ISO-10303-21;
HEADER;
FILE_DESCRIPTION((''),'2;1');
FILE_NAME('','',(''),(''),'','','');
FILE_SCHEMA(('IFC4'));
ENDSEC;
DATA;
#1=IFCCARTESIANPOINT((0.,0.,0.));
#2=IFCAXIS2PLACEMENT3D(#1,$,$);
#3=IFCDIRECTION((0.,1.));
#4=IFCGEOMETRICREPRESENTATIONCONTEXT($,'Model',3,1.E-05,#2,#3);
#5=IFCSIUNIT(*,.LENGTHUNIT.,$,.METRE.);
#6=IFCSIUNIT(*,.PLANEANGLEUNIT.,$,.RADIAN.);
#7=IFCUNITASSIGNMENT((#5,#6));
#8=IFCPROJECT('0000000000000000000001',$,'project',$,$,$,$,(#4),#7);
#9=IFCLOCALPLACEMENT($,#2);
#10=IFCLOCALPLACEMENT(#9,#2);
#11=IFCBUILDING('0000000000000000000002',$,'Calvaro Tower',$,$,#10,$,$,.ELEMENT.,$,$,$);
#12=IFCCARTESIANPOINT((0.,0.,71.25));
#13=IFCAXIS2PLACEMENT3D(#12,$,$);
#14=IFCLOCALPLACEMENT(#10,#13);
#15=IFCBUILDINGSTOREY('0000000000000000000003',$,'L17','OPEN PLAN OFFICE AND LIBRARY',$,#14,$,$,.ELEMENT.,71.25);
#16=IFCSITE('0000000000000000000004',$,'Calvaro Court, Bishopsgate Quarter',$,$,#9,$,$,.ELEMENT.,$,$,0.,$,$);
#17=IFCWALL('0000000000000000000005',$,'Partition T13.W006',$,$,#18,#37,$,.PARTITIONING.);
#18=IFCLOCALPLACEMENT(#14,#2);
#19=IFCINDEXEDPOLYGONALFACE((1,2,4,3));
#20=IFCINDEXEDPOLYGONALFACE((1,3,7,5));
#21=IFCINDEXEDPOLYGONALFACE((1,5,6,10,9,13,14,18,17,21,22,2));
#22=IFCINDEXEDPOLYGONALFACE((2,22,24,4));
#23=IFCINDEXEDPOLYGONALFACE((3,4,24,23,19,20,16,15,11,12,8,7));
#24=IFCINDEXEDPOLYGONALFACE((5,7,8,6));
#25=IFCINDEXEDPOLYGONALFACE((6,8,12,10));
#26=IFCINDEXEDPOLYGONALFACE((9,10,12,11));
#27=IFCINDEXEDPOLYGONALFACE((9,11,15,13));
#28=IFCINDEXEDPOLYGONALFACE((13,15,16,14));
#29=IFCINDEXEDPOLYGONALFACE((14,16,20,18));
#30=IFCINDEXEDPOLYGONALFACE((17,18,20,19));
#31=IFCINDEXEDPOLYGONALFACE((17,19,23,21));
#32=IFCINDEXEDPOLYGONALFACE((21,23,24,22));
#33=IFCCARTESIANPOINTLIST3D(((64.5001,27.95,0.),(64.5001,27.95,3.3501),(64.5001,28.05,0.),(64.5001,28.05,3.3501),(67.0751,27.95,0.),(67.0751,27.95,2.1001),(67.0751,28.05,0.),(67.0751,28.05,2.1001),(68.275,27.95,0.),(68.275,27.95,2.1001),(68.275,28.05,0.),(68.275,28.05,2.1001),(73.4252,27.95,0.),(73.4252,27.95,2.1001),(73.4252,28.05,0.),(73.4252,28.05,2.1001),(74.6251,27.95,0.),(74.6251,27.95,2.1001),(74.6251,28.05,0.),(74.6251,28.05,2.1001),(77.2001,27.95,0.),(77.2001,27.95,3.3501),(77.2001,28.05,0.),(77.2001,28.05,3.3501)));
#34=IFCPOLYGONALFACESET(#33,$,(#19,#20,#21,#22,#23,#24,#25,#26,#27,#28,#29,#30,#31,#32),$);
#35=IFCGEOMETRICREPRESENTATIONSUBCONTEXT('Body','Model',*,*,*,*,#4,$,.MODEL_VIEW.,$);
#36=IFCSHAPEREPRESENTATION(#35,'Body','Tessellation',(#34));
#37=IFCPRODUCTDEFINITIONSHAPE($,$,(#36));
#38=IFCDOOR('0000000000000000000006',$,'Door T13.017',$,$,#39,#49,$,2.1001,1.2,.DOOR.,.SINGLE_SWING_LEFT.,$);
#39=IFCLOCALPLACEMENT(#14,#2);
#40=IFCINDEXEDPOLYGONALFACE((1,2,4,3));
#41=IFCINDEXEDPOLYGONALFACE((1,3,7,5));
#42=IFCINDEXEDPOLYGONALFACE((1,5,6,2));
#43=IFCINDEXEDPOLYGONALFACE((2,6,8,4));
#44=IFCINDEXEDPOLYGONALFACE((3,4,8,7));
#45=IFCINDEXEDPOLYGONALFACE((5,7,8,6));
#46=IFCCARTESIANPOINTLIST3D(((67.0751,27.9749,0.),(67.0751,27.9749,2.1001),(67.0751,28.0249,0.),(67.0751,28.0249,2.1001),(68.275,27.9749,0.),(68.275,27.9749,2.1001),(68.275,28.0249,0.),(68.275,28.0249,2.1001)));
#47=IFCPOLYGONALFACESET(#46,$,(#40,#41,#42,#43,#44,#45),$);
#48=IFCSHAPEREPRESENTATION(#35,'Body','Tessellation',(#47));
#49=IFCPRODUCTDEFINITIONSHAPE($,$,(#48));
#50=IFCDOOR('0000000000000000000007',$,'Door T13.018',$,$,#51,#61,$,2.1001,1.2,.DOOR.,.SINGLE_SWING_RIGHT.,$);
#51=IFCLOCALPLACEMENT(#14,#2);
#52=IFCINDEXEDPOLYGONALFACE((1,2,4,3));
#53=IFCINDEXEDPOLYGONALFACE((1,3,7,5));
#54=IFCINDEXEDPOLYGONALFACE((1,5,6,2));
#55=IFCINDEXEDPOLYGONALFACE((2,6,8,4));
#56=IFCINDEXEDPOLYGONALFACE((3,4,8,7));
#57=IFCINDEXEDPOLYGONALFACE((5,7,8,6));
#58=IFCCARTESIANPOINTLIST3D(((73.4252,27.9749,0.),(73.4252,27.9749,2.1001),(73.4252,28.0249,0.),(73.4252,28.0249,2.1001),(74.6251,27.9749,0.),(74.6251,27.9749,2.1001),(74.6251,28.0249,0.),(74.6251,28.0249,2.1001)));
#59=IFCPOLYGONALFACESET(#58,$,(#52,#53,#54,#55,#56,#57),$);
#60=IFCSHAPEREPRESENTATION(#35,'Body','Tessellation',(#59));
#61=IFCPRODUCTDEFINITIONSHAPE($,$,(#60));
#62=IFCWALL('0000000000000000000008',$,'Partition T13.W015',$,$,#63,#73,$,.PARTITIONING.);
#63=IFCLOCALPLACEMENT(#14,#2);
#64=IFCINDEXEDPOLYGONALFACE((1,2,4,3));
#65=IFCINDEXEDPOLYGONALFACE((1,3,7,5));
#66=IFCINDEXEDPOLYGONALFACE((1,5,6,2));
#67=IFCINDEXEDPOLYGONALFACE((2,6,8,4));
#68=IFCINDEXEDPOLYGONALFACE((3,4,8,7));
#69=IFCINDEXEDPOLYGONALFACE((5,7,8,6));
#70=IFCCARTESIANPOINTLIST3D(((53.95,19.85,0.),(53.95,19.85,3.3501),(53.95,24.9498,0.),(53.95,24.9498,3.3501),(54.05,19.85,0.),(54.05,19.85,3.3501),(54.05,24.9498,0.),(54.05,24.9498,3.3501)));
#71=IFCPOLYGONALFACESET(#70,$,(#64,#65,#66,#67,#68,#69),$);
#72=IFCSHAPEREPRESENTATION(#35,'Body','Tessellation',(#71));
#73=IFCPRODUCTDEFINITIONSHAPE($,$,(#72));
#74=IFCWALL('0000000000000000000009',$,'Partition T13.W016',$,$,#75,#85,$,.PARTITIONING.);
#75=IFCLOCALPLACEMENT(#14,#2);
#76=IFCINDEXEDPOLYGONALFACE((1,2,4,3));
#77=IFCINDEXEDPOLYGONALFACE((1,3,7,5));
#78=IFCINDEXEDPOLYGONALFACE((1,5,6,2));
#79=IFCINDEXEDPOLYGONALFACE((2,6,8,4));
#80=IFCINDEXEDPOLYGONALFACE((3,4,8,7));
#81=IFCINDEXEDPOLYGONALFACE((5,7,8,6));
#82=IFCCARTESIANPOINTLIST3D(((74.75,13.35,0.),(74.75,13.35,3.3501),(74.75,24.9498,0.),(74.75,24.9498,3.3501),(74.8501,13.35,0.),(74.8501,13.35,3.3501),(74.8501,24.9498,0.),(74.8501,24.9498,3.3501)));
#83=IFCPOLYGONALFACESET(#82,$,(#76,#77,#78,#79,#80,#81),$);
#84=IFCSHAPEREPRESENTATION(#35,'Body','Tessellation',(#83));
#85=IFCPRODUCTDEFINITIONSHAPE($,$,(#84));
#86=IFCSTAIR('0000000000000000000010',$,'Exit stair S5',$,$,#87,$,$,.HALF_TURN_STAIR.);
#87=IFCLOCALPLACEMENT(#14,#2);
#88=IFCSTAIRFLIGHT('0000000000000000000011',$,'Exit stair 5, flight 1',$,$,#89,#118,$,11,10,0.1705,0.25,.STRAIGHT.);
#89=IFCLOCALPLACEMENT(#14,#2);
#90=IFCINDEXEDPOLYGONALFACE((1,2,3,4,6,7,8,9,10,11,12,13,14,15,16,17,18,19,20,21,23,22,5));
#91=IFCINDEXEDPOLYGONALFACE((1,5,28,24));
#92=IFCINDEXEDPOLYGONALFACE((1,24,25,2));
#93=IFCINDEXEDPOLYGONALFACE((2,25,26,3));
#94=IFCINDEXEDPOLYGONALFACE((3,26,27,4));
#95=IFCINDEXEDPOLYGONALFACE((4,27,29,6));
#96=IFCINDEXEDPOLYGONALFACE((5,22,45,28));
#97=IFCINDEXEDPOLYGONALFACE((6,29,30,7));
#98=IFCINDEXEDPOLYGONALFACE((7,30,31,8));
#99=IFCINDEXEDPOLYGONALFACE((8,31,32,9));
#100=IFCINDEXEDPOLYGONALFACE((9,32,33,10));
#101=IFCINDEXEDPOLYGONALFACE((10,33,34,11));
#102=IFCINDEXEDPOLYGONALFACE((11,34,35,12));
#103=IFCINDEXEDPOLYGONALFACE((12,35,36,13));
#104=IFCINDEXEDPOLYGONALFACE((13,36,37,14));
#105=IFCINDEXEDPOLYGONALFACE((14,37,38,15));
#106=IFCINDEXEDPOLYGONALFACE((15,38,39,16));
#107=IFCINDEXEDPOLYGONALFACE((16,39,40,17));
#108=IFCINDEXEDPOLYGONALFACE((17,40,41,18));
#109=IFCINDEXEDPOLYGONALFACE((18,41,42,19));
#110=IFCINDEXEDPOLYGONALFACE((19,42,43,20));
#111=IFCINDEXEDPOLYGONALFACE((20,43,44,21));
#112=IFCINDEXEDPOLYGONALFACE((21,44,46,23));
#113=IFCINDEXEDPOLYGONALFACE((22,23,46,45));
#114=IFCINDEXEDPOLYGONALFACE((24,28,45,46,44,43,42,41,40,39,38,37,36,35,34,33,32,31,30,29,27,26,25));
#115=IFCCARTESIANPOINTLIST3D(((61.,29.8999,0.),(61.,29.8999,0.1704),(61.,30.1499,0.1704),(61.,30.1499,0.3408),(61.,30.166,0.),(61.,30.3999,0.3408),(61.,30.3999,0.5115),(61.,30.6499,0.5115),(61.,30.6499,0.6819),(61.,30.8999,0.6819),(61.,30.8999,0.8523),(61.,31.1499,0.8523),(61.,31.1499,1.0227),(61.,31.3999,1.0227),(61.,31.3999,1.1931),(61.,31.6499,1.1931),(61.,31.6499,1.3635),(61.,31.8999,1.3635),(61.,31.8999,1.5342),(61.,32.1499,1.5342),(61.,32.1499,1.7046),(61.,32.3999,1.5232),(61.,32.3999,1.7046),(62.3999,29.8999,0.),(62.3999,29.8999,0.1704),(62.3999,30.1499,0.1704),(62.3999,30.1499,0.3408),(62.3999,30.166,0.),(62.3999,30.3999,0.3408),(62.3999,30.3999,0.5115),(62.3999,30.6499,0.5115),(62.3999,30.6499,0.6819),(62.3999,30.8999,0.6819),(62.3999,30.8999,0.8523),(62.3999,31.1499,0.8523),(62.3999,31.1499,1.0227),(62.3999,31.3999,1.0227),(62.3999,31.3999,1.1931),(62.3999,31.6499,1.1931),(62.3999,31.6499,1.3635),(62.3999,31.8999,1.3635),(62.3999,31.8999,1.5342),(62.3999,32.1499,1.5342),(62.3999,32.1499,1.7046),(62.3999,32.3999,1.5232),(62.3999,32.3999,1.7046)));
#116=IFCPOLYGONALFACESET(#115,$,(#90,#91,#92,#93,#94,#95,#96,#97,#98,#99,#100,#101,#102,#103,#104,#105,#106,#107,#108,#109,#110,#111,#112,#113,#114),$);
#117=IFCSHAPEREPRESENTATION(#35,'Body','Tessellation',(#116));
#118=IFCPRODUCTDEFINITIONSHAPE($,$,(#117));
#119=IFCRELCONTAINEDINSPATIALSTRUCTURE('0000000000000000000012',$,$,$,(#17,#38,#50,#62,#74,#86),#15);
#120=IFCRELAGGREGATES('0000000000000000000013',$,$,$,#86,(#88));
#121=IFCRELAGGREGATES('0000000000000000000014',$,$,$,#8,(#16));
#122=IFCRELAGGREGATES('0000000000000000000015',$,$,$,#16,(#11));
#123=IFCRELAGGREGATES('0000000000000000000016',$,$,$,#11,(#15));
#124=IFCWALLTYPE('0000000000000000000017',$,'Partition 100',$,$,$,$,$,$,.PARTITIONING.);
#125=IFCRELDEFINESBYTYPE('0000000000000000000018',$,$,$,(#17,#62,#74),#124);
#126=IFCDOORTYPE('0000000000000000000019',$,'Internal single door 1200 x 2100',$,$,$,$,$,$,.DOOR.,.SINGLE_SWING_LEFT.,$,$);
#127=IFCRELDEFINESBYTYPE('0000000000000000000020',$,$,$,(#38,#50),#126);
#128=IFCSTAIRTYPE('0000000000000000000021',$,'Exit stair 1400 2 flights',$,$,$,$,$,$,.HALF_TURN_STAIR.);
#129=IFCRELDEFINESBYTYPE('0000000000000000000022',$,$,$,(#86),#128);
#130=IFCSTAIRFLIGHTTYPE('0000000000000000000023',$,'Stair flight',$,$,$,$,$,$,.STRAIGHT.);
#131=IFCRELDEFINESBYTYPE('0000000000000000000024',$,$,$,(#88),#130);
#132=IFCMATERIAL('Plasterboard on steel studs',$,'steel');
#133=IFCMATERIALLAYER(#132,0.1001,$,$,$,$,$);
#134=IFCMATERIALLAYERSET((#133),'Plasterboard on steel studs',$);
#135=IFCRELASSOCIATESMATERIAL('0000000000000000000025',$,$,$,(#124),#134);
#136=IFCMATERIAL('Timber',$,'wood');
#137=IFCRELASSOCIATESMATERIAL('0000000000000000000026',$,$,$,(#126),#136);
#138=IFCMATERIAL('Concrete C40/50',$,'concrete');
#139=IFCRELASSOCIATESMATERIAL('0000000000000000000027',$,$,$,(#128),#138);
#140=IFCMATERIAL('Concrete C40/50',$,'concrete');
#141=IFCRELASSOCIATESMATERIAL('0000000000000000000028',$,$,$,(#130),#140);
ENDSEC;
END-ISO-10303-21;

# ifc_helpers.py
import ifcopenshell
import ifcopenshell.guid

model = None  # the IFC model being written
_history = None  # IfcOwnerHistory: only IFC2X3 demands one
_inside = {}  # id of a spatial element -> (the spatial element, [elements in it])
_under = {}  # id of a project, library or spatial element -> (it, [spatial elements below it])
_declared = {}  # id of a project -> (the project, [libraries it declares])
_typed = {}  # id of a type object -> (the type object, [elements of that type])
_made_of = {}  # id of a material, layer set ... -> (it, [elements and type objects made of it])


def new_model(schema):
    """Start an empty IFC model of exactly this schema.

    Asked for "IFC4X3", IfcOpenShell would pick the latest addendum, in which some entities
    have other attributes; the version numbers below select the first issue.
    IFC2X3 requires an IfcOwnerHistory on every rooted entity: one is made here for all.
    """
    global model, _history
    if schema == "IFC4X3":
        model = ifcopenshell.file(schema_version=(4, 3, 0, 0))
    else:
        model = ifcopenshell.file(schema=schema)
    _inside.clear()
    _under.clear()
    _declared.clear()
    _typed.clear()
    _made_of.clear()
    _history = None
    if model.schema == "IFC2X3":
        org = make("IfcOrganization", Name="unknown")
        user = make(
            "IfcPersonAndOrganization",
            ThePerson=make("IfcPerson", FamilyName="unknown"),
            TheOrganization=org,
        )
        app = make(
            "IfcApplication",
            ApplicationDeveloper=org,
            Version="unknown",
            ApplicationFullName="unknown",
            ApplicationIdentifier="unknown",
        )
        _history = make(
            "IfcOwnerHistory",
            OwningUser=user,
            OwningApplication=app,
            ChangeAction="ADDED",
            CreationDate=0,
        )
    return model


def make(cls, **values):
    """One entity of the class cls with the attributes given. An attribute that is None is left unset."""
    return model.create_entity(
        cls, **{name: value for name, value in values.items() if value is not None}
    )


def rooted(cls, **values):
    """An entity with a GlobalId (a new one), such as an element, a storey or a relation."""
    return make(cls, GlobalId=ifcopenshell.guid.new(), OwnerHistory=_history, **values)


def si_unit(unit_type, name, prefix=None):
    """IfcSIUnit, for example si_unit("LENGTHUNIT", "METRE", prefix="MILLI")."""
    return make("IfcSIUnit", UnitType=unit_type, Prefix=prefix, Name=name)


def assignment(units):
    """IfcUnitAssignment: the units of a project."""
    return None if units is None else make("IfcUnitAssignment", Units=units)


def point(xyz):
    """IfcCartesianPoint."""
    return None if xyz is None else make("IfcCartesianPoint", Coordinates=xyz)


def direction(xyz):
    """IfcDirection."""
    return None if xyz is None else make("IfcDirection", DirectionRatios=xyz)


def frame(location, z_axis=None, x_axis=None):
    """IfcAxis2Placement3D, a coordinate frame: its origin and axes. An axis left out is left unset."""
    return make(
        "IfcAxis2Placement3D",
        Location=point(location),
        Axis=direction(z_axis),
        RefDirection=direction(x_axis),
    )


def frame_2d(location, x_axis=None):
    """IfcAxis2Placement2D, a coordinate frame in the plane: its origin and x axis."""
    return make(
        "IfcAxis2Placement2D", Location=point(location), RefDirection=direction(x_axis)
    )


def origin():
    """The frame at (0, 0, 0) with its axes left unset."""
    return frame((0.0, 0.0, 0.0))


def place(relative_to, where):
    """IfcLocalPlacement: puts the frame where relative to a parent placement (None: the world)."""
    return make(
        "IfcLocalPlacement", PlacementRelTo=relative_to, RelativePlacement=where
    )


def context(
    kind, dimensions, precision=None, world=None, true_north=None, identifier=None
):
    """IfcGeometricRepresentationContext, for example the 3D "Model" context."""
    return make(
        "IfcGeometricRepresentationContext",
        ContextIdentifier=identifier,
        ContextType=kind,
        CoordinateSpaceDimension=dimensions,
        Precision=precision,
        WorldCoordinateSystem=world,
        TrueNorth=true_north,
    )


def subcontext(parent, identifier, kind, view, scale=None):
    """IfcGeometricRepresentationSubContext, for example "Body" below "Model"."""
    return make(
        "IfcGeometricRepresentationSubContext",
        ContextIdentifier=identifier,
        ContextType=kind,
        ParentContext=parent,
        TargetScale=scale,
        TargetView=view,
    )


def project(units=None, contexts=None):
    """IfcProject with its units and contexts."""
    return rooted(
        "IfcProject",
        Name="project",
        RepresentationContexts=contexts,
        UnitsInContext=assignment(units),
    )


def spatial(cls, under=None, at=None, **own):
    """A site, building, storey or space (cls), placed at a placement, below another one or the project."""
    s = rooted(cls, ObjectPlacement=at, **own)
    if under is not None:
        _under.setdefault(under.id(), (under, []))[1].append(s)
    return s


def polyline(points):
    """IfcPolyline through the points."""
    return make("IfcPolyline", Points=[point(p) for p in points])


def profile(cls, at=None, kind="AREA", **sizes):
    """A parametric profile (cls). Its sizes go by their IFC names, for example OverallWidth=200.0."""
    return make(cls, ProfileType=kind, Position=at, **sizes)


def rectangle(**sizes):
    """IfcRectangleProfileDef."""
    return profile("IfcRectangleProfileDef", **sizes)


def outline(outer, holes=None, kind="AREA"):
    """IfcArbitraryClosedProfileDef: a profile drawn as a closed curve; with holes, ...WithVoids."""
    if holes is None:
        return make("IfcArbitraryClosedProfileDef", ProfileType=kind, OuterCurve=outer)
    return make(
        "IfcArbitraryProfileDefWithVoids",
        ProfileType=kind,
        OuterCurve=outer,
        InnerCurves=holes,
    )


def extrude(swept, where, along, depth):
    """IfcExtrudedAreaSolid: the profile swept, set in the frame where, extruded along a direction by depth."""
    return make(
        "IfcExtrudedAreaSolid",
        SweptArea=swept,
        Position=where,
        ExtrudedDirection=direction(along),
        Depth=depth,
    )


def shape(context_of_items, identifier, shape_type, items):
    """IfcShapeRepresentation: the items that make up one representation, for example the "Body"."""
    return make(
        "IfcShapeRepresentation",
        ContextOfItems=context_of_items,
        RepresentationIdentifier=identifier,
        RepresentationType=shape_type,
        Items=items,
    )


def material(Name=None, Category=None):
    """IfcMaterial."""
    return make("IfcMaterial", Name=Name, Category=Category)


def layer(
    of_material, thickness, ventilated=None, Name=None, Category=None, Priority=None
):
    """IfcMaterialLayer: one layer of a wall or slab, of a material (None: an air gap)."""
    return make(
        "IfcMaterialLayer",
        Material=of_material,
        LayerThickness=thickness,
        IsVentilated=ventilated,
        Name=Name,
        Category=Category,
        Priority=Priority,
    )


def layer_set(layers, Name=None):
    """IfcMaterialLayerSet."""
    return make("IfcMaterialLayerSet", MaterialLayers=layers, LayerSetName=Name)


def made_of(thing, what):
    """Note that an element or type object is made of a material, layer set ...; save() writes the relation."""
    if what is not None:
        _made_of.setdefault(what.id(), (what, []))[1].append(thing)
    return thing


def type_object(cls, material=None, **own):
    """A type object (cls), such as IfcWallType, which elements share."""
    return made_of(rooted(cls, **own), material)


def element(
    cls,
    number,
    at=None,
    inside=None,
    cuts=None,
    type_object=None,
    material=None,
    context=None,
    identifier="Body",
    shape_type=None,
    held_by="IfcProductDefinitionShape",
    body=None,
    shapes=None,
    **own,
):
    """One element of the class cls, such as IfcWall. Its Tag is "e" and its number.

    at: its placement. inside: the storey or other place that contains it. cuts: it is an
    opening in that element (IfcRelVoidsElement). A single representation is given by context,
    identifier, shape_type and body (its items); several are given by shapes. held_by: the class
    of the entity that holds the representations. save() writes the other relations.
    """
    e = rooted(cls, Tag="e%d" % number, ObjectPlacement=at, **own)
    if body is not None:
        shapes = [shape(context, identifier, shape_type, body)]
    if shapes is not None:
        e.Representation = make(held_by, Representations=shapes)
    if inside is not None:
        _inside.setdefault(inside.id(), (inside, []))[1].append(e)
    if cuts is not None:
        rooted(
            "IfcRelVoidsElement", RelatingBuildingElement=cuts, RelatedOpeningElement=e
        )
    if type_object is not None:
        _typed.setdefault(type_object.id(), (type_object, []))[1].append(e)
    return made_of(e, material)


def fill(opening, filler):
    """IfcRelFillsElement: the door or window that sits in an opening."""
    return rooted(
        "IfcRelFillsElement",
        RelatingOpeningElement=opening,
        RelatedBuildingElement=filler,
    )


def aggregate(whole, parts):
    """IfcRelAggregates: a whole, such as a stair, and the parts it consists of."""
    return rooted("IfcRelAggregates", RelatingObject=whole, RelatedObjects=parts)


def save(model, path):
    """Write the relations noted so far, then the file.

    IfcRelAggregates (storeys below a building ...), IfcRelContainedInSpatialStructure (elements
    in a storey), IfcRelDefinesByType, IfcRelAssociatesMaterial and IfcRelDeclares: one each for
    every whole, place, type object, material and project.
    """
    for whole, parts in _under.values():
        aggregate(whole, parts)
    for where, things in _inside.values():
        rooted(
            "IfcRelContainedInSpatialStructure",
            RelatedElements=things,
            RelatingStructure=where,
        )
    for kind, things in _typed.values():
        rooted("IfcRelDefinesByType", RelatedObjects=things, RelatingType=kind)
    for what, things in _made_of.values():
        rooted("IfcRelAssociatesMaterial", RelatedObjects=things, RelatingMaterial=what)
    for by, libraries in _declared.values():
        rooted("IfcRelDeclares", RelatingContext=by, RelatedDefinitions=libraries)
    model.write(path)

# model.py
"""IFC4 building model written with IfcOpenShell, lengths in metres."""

from ifc_helpers import new_model, si_unit, direction, frame, frame_2d, origin, place, context, subcontext, project, spatial, polyline, rectangle, outline, extrude, material, layer, layer_set, type_object, element, fill, aggregate, save


model = new_model("IFC4")

# Units and contexts
model_context = context("Model", 3, precision=1e-05, world=origin(), true_north=direction((0.0, 1.0)))
body_context = subcontext(model_context, "Body", "Model", "MODEL_VIEW")
ifc_project = project(units=[si_unit("LENGTHUNIT", "METRE"), si_unit("PLANEANGLEUNIT", "RADIAN")], contexts=[model_context])

# Site, building, storey
site_placement = place(None, origin())
site = spatial("IfcSite", under=ifc_project, at=site_placement, Name="Calvaro Court, Bishopsgate Quarter", CompositionType="ELEMENT", RefElevation=0.0)
building_placement = place(site_placement, origin())
building = spatial("IfcBuilding", under=site, at=building_placement, Name="Calvaro Tower", CompositionType="ELEMENT")
storey_placement = place(building_placement, frame((0.0, 0.0, 71.25)))
storey = spatial("IfcBuildingStorey", under=building, at=storey_placement, Name="L17", Description="OPEN PLAN OFFICE AND LIBRARY", CompositionType="ELEMENT", Elevation=71.25)

# Wall, openings, doors
ifc_material_1 = material(Name="Plasterboard on steel studs", Category="steel")
ifc_layer_1 = layer(ifc_material_1, 0.1001)
ifc_layer_set_1 = layer_set([ifc_layer_1], Name="Plasterboard on steel studs")
wall_type_1 = type_object("IfcWallType", Name="Partition 100", PredefinedType="PARTITIONING", material=ifc_layer_set_1)
wall_1_placement = place(storey_placement, frame((64.5, 28.0, 0.0), z_axis=(0.0, 0.0, 1.0), x_axis=(1.0, 0.0, 0.0)))
wall_1 = element("IfcWall", 1, at=wall_1_placement, inside=storey, type_object=wall_type_1, Name="Partition T13.W006", PredefinedType="PARTITIONING", context=body_context, shape_type="SweptSolid", body=[
    extrude(rectangle(XDim=12.7, YDim=0.1001, at=frame_2d((6.3501, 0.0))), origin(), (0.0, 0.0, 1.0), 3.3501),
])
opening_1_placement = place(wall_1_placement, frame((2.575, 0.0, 0.0)))
opening_1 = element("IfcOpeningElement", 2, at=opening_1_placement, cuts=wall_1, PredefinedType="OPENING", context=body_context, shape_type="SweptSolid", body=[
    extrude(rectangle(XDim=1.2, YDim=2.1001, at=frame_2d((0.6001, 1.05))), frame((0.0, 0.0601, 0.0), z_axis=(0.0, -1.0, 0.0), x_axis=(1.0, 0.0, 0.0)), (0.0, 0.0, 1.0), 0.1201),
])
opening_2_placement = place(wall_1_placement, frame((8.925, 0.0, 0.0)))
opening_2 = element("IfcOpeningElement", 3, at=opening_2_placement, cuts=wall_1, PredefinedType="OPENING", context=body_context, shape_type="SweptSolid", body=[
    extrude(rectangle(XDim=1.2, YDim=2.1001, at=frame_2d((0.6001, 1.05))), frame((0.0, 0.0601, 0.0), z_axis=(0.0, -1.0, 0.0), x_axis=(1.0, 0.0, 0.0)), (0.0, 0.0, 1.0), 0.1201),
])
ifc_material_2 = material(Name="Timber", Category="wood")
door_type_1 = type_object("IfcDoorType", Name="Internal single door 1200 x 2100", OperationType="SINGLE_SWING_LEFT", PredefinedType="DOOR", material=ifc_material_2)
door_1_placement = place(opening_1_placement, origin())
door_1 = element("IfcDoor", 4, at=door_1_placement, inside=storey, type_object=door_type_1, Name="Door T13.017", OperationType="SINGLE_SWING_LEFT", OverallHeight=2.1001, OverallWidth=1.2, PredefinedType="DOOR", context=body_context, shape_type="SweptSolid", body=[
    extrude(rectangle(XDim=1.2, YDim=2.1001, at=frame_2d((0.6001, 1.05))), frame((0.0, 0.0249, 0.0), z_axis=(0.0, -1.0, 0.0), x_axis=(1.0, 0.0, 0.0)), (0.0, 0.0, 1.0), 0.05),
])
fill(opening_1, door_1)
door_2_placement = place(opening_2_placement, origin())
door_2 = element("IfcDoor", 5, at=door_2_placement, inside=storey, type_object=door_type_1, Name="Door T13.018", OperationType="SINGLE_SWING_RIGHT", OverallHeight=2.1001, OverallWidth=1.2, PredefinedType="DOOR", context=body_context, shape_type="SweptSolid", body=[
    extrude(rectangle(XDim=1.2, YDim=2.1001, at=frame_2d((0.6001, 1.05))), frame((0.0, 0.0249, 0.0), z_axis=(0.0, -1.0, 0.0), x_axis=(1.0, 0.0, 0.0)), (0.0, 0.0, 1.0), 0.05),
])
fill(opening_2, door_2)

# Walls
wall_2_placement = place(storey_placement, frame((54.0, 19.8501, 0.0), z_axis=(0.0, 0.0, 1.0), x_axis=(0.0, 1.0, 0.0)))
element("IfcWall", 6, at=wall_2_placement, inside=storey, type_object=wall_type_1, Name="Partition T13.W015", PredefinedType="PARTITIONING", context=body_context, shape_type="SweptSolid", body=[
    extrude(rectangle(XDim=5.0999, YDim=0.1001, at=frame_2d((2.5498, 0.0))), origin(), (0.0, 0.0, 1.0), 3.3501),
])
wall_3_placement = place(storey_placement, frame((74.8, 13.3501, 0.0), z_axis=(0.0, 0.0, 1.0), x_axis=(0.0, 1.0, 0.0)))
element("IfcWall", 7, at=wall_3_placement, inside=storey, type_object=wall_type_1, Name="Partition T13.W016", PredefinedType="PARTITIONING", context=body_context, shape_type="SweptSolid", body=[
    extrude(rectangle(XDim=11.5999, YDim=0.1001, at=frame_2d((5.7998, 0.0))), origin(), (0.0, 0.0, 1.0), 3.3501),
])

# Stair, stair flight
ifc_material_3 = material(Name="Concrete C40/50", Category="concrete")
stair_type = type_object("IfcStairType", Name="Exit stair 1400 2 flights", PredefinedType="HALF_TURN_STAIR", material=ifc_material_3)
stair_placement = place(storey_placement, origin())
stair = element("IfcStair", 8, at=stair_placement, inside=storey, type_object=stair_type, Name="Exit stair S5", PredefinedType="HALF_TURN_STAIR")
ifc_material_4 = material(Name="Concrete C40/50", Category="concrete")
stair_flight_type = type_object("IfcStairFlightType", Name="Stair flight", PredefinedType="STRAIGHT", material=ifc_material_4)
stair_flight_placement = place(storey_placement, frame((61.7, 29.8999, 0.0), z_axis=(0.0, 0.0, 1.0), x_axis=(0.0, 1.0, 0.0)))
stair_flight = element("IfcStairFlight", 9, at=stair_flight_placement, type_object=stair_flight_type, Name="Exit stair 5, flight 1", NumberOfRisers=11, NumberOfTreads=10, PredefinedType="STRAIGHT", RiserHeight=0.1705, TreadLength=0.25, context=body_context, shape_type="SweptSolid", body=[
    extrude(outline(polyline([(0.0, 0.0), (0.0, 0.1704), (0.25, 0.1704), (0.25, 0.3408), (0.5, 0.3408), (0.5, 0.5115), (0.75, 0.5115), (0.75, 0.6819), (1.0, 0.6819), (1.0, 0.8523), (1.25, 0.8523), (1.25, 1.0227), (1.5, 1.0227), (1.5, 1.1931), (1.75, 1.1931), (1.75, 1.3635), (2.0, 1.3635), (2.0, 1.5342), (2.25, 1.5342), (2.25, 1.7046), (2.5, 1.7046), (2.5, 1.875), (2.5, 1.5232), (0.2661, 0.0), (0.0, 0.0)])), frame((0.0, 0.7, 0.0), z_axis=(0.0, -1.0, 0.0), x_axis=(1.0, 0.0, 0.0)), (0.0, 0.0, 1.0), 1.3999),
])
aggregate(stair, [stair_flight])

save(model, "model.ifc")
